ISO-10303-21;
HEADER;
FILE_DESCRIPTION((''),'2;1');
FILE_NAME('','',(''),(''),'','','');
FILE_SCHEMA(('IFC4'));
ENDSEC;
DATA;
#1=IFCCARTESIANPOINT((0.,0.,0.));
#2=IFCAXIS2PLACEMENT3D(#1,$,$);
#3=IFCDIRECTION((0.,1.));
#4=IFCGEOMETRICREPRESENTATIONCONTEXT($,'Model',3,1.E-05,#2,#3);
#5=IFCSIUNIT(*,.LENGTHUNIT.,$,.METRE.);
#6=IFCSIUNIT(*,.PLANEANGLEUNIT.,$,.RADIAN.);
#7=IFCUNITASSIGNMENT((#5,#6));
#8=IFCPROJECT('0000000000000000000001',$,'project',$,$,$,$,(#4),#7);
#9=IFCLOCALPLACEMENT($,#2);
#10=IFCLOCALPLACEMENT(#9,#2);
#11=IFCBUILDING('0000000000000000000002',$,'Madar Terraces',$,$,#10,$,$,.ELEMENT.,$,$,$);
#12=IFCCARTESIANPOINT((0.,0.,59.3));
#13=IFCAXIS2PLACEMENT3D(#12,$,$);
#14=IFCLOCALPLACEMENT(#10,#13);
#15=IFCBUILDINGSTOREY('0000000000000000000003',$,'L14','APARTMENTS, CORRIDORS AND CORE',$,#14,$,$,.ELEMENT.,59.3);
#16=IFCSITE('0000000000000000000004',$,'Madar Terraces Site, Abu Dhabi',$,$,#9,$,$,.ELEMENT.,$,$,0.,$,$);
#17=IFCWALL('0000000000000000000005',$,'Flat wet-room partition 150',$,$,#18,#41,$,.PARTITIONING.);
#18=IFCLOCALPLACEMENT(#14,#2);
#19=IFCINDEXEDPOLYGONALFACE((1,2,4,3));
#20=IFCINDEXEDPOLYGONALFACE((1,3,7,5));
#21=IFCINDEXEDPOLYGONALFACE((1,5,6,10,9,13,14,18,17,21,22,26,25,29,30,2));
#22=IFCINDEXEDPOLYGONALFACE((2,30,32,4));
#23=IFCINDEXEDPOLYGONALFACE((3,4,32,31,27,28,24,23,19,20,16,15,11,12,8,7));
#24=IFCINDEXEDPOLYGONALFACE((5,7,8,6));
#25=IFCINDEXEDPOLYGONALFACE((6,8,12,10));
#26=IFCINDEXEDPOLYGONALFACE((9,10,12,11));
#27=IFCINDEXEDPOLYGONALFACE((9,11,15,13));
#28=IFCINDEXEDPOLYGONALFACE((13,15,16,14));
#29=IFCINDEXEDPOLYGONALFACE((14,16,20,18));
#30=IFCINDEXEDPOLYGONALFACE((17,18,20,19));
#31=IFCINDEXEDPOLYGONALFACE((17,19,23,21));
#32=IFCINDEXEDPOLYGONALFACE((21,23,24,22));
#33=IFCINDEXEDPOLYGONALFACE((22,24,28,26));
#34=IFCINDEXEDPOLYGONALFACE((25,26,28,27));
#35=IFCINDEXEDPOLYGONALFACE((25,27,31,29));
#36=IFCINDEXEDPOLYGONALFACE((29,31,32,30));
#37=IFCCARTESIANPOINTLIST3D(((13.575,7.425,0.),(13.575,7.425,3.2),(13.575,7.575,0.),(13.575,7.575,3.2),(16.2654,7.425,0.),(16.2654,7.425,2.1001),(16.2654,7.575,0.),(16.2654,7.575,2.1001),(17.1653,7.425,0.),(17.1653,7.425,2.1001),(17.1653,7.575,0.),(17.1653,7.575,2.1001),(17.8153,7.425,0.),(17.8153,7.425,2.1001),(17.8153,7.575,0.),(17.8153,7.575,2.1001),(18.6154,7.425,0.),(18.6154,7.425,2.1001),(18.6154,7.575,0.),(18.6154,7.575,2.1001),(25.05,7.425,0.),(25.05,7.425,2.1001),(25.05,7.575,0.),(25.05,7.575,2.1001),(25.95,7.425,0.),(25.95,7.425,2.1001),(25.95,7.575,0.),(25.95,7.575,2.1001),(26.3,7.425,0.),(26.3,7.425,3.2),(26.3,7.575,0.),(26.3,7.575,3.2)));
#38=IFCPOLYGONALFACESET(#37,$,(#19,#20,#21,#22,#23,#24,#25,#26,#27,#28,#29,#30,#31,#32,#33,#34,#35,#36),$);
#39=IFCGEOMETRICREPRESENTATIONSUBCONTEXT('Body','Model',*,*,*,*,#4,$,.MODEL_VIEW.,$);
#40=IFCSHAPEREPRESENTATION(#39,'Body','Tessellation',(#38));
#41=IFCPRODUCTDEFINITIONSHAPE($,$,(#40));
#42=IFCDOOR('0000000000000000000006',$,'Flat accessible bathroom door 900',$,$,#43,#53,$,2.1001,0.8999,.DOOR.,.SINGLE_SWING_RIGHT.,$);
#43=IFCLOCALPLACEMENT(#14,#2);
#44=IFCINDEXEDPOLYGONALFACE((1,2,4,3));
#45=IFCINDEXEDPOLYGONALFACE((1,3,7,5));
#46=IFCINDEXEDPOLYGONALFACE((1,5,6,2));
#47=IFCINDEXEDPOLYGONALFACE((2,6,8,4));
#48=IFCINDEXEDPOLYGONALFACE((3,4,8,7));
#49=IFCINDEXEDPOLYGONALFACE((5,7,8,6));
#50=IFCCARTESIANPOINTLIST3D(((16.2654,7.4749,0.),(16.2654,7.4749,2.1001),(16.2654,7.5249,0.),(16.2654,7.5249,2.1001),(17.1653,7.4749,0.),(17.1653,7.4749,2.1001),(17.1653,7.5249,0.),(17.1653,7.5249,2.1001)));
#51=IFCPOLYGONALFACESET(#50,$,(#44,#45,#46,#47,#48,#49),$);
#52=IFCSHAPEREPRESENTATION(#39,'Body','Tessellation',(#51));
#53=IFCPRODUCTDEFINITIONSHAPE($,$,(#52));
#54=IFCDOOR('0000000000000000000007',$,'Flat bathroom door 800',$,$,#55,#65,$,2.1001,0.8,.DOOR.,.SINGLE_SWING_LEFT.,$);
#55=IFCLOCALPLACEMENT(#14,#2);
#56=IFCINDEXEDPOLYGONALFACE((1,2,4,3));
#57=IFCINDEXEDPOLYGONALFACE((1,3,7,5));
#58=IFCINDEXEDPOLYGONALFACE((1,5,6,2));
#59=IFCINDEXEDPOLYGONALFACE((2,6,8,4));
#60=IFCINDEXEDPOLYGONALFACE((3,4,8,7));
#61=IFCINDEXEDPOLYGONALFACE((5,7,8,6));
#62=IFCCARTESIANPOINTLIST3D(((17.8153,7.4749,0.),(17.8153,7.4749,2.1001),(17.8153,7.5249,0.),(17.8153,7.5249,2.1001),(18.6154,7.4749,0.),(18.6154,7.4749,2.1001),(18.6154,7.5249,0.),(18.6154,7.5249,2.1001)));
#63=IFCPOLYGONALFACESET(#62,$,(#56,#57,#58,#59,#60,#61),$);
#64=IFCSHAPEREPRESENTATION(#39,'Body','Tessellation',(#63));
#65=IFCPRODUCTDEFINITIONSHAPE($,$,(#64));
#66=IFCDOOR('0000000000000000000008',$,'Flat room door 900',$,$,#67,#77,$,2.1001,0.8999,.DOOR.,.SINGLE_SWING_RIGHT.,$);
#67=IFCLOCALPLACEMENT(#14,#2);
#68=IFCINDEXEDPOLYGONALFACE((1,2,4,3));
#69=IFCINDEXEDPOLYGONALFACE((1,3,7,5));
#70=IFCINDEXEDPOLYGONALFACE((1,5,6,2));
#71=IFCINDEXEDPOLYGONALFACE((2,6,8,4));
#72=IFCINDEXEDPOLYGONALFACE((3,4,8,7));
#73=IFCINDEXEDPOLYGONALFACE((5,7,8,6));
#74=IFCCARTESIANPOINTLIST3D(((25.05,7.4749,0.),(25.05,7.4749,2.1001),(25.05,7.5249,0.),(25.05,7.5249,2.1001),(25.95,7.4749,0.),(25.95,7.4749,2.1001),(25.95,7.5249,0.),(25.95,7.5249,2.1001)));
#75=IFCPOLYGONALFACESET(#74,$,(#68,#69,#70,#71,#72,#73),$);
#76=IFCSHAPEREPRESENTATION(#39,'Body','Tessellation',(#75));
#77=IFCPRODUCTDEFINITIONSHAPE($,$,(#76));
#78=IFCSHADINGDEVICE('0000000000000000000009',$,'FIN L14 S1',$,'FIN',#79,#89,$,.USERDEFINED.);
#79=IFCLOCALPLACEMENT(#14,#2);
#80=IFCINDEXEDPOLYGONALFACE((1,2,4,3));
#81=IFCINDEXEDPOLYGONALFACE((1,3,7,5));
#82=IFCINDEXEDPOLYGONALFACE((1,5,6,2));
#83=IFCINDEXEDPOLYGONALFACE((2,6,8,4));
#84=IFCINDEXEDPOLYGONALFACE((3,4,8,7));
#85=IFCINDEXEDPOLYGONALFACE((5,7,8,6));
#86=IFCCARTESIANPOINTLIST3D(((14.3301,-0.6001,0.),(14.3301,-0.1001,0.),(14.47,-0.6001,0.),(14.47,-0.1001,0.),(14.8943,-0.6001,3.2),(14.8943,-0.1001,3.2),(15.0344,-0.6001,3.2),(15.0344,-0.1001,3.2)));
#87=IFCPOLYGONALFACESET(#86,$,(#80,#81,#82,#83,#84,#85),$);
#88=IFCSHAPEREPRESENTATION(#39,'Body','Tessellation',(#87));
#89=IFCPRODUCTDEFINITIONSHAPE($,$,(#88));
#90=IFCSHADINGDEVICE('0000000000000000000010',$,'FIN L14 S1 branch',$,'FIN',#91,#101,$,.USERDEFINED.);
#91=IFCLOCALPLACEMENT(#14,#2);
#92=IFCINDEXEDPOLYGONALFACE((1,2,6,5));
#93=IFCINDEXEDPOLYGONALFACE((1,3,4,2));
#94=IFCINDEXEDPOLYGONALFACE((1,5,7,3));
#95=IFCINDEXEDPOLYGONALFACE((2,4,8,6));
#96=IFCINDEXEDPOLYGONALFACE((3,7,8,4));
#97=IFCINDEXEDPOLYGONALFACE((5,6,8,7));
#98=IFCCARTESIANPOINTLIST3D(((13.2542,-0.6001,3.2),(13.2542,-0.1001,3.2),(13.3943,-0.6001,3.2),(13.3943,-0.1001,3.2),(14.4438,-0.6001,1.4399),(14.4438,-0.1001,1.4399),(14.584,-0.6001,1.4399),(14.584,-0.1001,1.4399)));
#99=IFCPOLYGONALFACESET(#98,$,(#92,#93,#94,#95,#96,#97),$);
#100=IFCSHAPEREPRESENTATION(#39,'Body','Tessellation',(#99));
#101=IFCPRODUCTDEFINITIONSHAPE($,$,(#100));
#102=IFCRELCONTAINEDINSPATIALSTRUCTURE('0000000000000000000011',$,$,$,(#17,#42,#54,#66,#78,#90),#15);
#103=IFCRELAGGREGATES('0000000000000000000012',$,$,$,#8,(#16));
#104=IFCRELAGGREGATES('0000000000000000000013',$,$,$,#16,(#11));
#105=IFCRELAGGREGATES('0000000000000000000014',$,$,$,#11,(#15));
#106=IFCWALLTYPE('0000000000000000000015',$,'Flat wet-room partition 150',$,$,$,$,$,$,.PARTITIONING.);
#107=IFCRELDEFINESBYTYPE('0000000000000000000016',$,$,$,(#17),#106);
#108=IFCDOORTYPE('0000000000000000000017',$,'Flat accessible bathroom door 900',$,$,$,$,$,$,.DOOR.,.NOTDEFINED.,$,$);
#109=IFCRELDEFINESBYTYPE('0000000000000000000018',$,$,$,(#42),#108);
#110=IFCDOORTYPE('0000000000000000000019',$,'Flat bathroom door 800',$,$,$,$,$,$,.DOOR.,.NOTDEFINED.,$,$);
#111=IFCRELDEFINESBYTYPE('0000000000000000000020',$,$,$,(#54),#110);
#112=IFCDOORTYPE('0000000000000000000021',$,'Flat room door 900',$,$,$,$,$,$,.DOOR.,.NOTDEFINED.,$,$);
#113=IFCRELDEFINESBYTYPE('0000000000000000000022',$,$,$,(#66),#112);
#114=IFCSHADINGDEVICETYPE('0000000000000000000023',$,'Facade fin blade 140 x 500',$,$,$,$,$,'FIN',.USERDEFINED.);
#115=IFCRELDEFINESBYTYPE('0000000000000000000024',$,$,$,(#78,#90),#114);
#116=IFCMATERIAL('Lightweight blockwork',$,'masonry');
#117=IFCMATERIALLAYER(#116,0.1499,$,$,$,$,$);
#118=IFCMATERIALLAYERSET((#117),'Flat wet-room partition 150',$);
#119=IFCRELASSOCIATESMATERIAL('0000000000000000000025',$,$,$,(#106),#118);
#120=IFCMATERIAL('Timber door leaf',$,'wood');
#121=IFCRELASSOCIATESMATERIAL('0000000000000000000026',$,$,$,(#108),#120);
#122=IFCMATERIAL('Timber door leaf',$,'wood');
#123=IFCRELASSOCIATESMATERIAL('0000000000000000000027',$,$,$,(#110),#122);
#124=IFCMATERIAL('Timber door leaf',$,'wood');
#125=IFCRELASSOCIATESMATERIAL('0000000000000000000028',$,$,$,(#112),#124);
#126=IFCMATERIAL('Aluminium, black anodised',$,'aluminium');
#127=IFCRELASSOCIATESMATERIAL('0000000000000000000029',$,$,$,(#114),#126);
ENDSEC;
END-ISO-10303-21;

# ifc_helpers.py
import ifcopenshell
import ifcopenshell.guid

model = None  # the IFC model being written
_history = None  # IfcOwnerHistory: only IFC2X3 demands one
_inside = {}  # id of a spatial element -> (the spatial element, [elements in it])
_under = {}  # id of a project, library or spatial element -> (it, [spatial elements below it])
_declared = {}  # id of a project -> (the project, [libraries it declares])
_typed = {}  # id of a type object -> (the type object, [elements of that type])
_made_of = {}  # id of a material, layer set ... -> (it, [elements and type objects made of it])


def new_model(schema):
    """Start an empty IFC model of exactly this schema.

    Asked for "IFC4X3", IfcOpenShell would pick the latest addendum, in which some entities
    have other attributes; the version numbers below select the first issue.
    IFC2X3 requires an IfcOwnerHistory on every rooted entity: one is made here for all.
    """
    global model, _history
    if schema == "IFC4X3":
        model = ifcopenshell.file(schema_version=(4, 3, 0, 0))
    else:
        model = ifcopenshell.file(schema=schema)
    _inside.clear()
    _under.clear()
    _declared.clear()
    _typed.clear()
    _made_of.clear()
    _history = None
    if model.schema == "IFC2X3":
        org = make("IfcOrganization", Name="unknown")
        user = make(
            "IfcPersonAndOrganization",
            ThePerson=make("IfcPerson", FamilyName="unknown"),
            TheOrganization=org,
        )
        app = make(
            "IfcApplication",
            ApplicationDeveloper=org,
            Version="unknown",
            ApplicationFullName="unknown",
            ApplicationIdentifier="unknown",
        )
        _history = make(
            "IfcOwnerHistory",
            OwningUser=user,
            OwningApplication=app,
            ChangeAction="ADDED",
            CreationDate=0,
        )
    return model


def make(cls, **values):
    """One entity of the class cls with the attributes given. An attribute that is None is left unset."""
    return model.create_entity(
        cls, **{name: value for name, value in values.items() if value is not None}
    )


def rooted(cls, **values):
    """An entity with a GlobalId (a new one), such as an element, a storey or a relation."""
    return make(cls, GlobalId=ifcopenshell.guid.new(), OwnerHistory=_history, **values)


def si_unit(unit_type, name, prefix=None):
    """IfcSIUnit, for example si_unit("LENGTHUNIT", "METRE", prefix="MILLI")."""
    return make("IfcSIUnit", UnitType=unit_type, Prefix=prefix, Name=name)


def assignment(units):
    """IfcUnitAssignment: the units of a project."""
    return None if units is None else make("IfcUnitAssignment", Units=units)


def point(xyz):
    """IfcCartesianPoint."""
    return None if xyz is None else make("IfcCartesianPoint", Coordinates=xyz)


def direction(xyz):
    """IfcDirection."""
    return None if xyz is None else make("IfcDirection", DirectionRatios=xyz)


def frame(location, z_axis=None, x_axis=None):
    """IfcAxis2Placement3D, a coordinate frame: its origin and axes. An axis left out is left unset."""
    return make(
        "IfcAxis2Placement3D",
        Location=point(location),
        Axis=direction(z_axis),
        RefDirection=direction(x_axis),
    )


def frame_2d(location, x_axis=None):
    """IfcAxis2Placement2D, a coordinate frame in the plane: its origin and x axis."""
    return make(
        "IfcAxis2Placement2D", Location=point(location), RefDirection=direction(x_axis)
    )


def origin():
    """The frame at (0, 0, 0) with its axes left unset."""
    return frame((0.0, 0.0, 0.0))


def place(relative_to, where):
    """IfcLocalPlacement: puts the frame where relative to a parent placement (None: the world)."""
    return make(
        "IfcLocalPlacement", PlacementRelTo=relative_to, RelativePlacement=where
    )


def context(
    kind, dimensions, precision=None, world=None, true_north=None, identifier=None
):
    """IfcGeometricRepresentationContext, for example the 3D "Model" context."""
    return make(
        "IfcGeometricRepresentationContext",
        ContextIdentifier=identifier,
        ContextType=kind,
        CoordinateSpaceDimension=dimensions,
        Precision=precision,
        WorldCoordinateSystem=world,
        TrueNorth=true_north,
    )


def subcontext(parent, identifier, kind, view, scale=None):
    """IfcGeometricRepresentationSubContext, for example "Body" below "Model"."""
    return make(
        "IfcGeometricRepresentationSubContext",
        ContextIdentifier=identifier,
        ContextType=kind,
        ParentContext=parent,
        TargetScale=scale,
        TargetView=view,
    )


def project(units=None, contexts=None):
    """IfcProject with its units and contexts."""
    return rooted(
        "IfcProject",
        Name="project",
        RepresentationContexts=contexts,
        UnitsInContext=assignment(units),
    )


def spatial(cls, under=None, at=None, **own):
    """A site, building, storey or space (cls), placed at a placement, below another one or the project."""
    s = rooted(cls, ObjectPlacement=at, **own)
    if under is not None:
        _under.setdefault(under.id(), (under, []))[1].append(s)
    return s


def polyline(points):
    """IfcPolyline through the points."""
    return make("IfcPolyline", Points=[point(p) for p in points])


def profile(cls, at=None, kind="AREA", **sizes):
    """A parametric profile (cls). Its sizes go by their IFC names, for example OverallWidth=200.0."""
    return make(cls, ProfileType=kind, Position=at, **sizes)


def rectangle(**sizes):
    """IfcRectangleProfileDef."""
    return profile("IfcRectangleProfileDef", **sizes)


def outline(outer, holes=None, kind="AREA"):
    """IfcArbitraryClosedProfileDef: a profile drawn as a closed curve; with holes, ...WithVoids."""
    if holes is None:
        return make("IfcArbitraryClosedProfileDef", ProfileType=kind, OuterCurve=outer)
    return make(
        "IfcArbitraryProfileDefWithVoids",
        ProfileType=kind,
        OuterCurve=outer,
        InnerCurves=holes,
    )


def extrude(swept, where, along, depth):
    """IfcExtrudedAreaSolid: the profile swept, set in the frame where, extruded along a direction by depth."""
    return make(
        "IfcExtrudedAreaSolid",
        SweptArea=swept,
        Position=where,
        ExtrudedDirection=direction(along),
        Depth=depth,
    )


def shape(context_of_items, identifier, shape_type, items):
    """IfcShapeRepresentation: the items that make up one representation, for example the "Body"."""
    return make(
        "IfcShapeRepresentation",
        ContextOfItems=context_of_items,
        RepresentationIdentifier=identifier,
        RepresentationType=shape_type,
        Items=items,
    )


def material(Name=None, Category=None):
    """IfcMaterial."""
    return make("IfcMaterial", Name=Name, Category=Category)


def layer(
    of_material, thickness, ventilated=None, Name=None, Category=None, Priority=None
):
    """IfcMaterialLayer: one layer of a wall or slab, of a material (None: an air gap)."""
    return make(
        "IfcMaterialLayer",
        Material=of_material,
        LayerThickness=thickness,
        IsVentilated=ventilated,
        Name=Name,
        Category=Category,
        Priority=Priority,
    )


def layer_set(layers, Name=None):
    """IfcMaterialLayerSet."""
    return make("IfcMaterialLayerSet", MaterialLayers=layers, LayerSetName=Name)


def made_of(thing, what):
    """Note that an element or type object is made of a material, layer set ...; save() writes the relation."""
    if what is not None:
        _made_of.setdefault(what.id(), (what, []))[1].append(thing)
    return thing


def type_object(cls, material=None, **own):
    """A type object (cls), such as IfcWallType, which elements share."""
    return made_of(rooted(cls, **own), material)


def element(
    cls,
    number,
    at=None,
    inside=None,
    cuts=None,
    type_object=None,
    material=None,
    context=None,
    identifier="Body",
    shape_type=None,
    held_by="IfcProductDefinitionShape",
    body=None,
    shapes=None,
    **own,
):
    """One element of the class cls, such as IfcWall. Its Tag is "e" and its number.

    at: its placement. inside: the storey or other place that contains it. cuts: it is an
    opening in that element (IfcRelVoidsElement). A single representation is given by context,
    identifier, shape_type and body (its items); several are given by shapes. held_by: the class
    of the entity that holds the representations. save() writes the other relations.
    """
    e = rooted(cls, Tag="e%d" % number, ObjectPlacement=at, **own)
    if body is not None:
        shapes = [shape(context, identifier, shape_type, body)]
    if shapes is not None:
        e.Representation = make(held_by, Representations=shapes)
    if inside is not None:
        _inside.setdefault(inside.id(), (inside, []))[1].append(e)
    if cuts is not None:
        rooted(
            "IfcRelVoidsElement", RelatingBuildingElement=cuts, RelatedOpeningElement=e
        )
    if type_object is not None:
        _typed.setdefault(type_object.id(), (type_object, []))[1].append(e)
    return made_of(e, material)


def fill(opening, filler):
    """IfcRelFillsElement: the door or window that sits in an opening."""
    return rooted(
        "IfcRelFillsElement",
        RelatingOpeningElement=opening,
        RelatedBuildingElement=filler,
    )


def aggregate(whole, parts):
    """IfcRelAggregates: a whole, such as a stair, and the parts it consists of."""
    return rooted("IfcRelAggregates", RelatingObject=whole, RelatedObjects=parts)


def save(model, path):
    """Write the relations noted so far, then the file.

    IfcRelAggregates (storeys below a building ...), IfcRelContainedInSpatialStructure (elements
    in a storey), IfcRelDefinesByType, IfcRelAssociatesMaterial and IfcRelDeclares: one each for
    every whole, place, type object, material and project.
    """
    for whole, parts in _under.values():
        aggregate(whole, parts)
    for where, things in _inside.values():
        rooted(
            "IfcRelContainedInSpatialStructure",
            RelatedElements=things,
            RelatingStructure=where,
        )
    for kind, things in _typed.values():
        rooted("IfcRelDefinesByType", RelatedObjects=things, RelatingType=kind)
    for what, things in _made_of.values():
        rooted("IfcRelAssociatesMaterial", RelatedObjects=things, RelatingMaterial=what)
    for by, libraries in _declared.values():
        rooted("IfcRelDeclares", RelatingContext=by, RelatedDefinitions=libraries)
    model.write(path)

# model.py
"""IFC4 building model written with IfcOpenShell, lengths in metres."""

from ifc_helpers import new_model, si_unit, direction, frame, frame_2d, origin, place, context, subcontext, project, spatial, polyline, rectangle, outline, extrude, material, layer, layer_set, type_object, element, fill, save


model = new_model("IFC4")

# Units and contexts
model_context = context("Model", 3, precision=1e-05, world=origin(), true_north=direction((0.0, 1.0)))
body_context = subcontext(model_context, "Body", "Model", "MODEL_VIEW")
ifc_project = project(units=[si_unit("LENGTHUNIT", "METRE"), si_unit("PLANEANGLEUNIT", "RADIAN")], contexts=[model_context])

# Site, building, storey
site_placement = place(None, origin())
site = spatial("IfcSite", under=ifc_project, at=site_placement, Name="Madar Terraces Site, Abu Dhabi", CompositionType="ELEMENT", RefElevation=0.0)
building_placement = place(site_placement, origin())
building = spatial("IfcBuilding", under=site, at=building_placement, Name="Madar Terraces", CompositionType="ELEMENT")
storey_placement = place(building_placement, frame((0.0, 0.0, 59.3)))
storey = spatial("IfcBuildingStorey", under=building, at=storey_placement, Name="L14", Description="APARTMENTS, CORRIDORS AND CORE", CompositionType="ELEMENT", Elevation=59.3)

# Shared definitions
ifc_material_1 = material(Name="Lightweight blockwork", Category="masonry")
ifc_layer_1 = layer(ifc_material_1, 0.1499)
ifc_layer_set_1 = layer_set([ifc_layer_1], Name="Flat wet-room partition 150")
wall_type_1 = type_object("IfcWallType", Name="Flat wet-room partition 150", PredefinedType="PARTITIONING", material=ifc_layer_set_1)

# Wall, openings, doors
wall_1_placement = place(storey_placement, frame((13.575, 7.5, 0.0), z_axis=(0.0, 0.0, 1.0), x_axis=(1.0, 0.0, 0.0)))
wall_1 = element("IfcWall", 1, at=wall_1_placement, inside=storey, type_object=wall_type_1, Name="Flat wet-room partition 150", PredefinedType="PARTITIONING", context=body_context, shape_type="SweptSolid", body=[
    extrude(rectangle(XDim=12.7251, YDim=0.1499, at=frame_2d((6.3625, 0.0))), origin(), (0.0, 0.0, 1.0), 3.2),
])
opening_1_placement = place(wall_1_placement, frame((2.6904, 0.0, 0.0)))
opening_1 = element("IfcOpeningElement", 2, at=opening_1_placement, cuts=wall_1, PredefinedType="OPENING", context=body_context, shape_type="SweptSolid", body=[
    extrude(rectangle(XDim=0.8999, YDim=2.1001, at=frame_2d((0.45, 1.05))), frame((0.0, 0.085, 0.0), z_axis=(0.0, -1.0, 0.0), x_axis=(1.0, 0.0, 0.0)), (0.0, 0.0, 1.0), 0.1699),
])
opening_2_placement = place(wall_1_placement, frame((4.2405, 0.0, 0.0)))
opening_2 = element("IfcOpeningElement", 3, at=opening_2_placement, cuts=wall_1, PredefinedType="OPENING", context=body_context, shape_type="SweptSolid", body=[
    extrude(rectangle(XDim=0.8, YDim=2.1001, at=frame_2d((0.3999, 1.05))), frame((0.0, 0.085, 0.0), z_axis=(0.0, -1.0, 0.0), x_axis=(1.0, 0.0, 0.0)), (0.0, 0.0, 1.0), 0.1699),
])
opening_3_placement = place(wall_1_placement, frame((11.4751, 0.0, 0.0)))
opening_3 = element("IfcOpeningElement", 4, at=opening_3_placement, cuts=wall_1, PredefinedType="OPENING", context=body_context, shape_type="SweptSolid", body=[
    extrude(rectangle(XDim=0.8999, YDim=2.1001, at=frame_2d((0.45, 1.05))), frame((0.0, 0.085, 0.0), z_axis=(0.0, -1.0, 0.0), x_axis=(1.0, 0.0, 0.0)), (0.0, 0.0, 1.0), 0.1699),
])
ifc_material_2 = material(Name="Timber door leaf", Category="wood")
door_type_1 = type_object("IfcDoorType", Name="Flat accessible bathroom door 900", OperationType="NOTDEFINED", PredefinedType="DOOR", material=ifc_material_2)
door_1_placement = place(opening_1_placement, origin())
door_1 = element("IfcDoor", 5, at=door_1_placement, inside=storey, type_object=door_type_1, Name="Flat accessible bathroom door 900", OperationType="SINGLE_SWING_RIGHT", OverallHeight=2.1001, OverallWidth=0.8999, PredefinedType="DOOR", context=body_context, shape_type="SweptSolid", body=[
    extrude(rectangle(XDim=0.8999, YDim=2.1001, at=frame_2d((0.45, 1.05))), frame((0.0, 0.0249, 0.0), z_axis=(0.0, -1.0, 0.0), x_axis=(1.0, 0.0, 0.0)), (0.0, 0.0, 1.0), 0.05),
])
fill(opening_1, door_1)
ifc_material_3 = material(Name="Timber door leaf", Category="wood")
door_type_2 = type_object("IfcDoorType", Name="Flat bathroom door 800", OperationType="NOTDEFINED", PredefinedType="DOOR", material=ifc_material_3)
door_2_placement = place(opening_2_placement, origin())
door_2 = element("IfcDoor", 6, at=door_2_placement, inside=storey, type_object=door_type_2, Name="Flat bathroom door 800", OperationType="SINGLE_SWING_LEFT", OverallHeight=2.1001, OverallWidth=0.8, PredefinedType="DOOR", context=body_context, shape_type="SweptSolid", body=[
    extrude(rectangle(XDim=0.8, YDim=2.1001, at=frame_2d((0.3999, 1.05))), frame((0.0, 0.0249, 0.0), z_axis=(0.0, -1.0, 0.0), x_axis=(1.0, 0.0, 0.0)), (0.0, 0.0, 1.0), 0.05),
])
fill(opening_2, door_2)
ifc_material_4 = material(Name="Timber door leaf", Category="wood")
door_type_3 = type_object("IfcDoorType", Name="Flat room door 900", OperationType="NOTDEFINED", PredefinedType="DOOR", material=ifc_material_4)
door_3_placement = place(opening_3_placement, origin())
door_3 = element("IfcDoor", 7, at=door_3_placement, inside=storey, type_object=door_type_3, Name="Flat room door 900", OperationType="SINGLE_SWING_RIGHT", OverallHeight=2.1001, OverallWidth=0.8999, PredefinedType="DOOR", context=body_context, shape_type="SweptSolid", body=[
    extrude(rectangle(XDim=0.8999, YDim=2.1001, at=frame_2d((0.45, 1.05))), frame((0.0, 0.0249, 0.0), z_axis=(0.0, -1.0, 0.0), x_axis=(1.0, 0.0, 0.0)), (0.0, 0.0, 1.0), 0.05),
])
fill(opening_3, door_3)

# Shading devices
ifc_material_5 = material(Name="Aluminium, black anodised", Category="aluminium")
shading_device_type = type_object("IfcShadingDeviceType", Name="Facade fin blade 140 x 500", ElementType="FIN", PredefinedType="USERDEFINED", material=ifc_material_5)
shading_device_1_placement = place(storey_placement, frame((14.3301, -0.3501, 0.0), z_axis=(0.0, 0.0, 1.0), x_axis=(1.0, 0.0, 0.0)))
element("IfcShadingDevice", 8, at=shading_device_1_placement, inside=storey, type_object=shading_device_type, Name="FIN L14 S1", ObjectType="FIN", PredefinedType="USERDEFINED", context=body_context, shape_type="SweptSolid", body=[
    extrude(outline(polyline([(0.0, 0.0), (0.1399, 0.0), (0.7043, 3.2), (0.5642, 3.2), (0.0, 0.0)])), frame((0.0, 0.25, 0.0), z_axis=(0.0, -1.0, 0.0), x_axis=(1.0, 0.0, 0.0)), (0.0, 0.0, 1.0), 0.5),
])
shading_device_2_placement = place(storey_placement, frame((14.4438, -0.3501, 1.4399), z_axis=(0.0, 0.0, 1.0), x_axis=(1.0, 0.0, 0.0)))
element("IfcShadingDevice", 9, at=shading_device_2_placement, inside=storey, type_object=shading_device_type, Name="FIN L14 S1 branch", ObjectType="FIN", PredefinedType="USERDEFINED", context=body_context, shape_type="SweptSolid", body=[
    extrude(outline(polyline([(0.0, 0.0), (0.1401, 0.0), (-1.0496, 1.76), (-1.1897, 1.76), (0.0, 0.0)])), frame((0.0, 0.25, 0.0), z_axis=(0.0, -1.0, 0.0), x_axis=(1.0, 0.0, 0.0)), (0.0, 0.0, 1.0), 0.5),
])

save(model, "model.ifc")
